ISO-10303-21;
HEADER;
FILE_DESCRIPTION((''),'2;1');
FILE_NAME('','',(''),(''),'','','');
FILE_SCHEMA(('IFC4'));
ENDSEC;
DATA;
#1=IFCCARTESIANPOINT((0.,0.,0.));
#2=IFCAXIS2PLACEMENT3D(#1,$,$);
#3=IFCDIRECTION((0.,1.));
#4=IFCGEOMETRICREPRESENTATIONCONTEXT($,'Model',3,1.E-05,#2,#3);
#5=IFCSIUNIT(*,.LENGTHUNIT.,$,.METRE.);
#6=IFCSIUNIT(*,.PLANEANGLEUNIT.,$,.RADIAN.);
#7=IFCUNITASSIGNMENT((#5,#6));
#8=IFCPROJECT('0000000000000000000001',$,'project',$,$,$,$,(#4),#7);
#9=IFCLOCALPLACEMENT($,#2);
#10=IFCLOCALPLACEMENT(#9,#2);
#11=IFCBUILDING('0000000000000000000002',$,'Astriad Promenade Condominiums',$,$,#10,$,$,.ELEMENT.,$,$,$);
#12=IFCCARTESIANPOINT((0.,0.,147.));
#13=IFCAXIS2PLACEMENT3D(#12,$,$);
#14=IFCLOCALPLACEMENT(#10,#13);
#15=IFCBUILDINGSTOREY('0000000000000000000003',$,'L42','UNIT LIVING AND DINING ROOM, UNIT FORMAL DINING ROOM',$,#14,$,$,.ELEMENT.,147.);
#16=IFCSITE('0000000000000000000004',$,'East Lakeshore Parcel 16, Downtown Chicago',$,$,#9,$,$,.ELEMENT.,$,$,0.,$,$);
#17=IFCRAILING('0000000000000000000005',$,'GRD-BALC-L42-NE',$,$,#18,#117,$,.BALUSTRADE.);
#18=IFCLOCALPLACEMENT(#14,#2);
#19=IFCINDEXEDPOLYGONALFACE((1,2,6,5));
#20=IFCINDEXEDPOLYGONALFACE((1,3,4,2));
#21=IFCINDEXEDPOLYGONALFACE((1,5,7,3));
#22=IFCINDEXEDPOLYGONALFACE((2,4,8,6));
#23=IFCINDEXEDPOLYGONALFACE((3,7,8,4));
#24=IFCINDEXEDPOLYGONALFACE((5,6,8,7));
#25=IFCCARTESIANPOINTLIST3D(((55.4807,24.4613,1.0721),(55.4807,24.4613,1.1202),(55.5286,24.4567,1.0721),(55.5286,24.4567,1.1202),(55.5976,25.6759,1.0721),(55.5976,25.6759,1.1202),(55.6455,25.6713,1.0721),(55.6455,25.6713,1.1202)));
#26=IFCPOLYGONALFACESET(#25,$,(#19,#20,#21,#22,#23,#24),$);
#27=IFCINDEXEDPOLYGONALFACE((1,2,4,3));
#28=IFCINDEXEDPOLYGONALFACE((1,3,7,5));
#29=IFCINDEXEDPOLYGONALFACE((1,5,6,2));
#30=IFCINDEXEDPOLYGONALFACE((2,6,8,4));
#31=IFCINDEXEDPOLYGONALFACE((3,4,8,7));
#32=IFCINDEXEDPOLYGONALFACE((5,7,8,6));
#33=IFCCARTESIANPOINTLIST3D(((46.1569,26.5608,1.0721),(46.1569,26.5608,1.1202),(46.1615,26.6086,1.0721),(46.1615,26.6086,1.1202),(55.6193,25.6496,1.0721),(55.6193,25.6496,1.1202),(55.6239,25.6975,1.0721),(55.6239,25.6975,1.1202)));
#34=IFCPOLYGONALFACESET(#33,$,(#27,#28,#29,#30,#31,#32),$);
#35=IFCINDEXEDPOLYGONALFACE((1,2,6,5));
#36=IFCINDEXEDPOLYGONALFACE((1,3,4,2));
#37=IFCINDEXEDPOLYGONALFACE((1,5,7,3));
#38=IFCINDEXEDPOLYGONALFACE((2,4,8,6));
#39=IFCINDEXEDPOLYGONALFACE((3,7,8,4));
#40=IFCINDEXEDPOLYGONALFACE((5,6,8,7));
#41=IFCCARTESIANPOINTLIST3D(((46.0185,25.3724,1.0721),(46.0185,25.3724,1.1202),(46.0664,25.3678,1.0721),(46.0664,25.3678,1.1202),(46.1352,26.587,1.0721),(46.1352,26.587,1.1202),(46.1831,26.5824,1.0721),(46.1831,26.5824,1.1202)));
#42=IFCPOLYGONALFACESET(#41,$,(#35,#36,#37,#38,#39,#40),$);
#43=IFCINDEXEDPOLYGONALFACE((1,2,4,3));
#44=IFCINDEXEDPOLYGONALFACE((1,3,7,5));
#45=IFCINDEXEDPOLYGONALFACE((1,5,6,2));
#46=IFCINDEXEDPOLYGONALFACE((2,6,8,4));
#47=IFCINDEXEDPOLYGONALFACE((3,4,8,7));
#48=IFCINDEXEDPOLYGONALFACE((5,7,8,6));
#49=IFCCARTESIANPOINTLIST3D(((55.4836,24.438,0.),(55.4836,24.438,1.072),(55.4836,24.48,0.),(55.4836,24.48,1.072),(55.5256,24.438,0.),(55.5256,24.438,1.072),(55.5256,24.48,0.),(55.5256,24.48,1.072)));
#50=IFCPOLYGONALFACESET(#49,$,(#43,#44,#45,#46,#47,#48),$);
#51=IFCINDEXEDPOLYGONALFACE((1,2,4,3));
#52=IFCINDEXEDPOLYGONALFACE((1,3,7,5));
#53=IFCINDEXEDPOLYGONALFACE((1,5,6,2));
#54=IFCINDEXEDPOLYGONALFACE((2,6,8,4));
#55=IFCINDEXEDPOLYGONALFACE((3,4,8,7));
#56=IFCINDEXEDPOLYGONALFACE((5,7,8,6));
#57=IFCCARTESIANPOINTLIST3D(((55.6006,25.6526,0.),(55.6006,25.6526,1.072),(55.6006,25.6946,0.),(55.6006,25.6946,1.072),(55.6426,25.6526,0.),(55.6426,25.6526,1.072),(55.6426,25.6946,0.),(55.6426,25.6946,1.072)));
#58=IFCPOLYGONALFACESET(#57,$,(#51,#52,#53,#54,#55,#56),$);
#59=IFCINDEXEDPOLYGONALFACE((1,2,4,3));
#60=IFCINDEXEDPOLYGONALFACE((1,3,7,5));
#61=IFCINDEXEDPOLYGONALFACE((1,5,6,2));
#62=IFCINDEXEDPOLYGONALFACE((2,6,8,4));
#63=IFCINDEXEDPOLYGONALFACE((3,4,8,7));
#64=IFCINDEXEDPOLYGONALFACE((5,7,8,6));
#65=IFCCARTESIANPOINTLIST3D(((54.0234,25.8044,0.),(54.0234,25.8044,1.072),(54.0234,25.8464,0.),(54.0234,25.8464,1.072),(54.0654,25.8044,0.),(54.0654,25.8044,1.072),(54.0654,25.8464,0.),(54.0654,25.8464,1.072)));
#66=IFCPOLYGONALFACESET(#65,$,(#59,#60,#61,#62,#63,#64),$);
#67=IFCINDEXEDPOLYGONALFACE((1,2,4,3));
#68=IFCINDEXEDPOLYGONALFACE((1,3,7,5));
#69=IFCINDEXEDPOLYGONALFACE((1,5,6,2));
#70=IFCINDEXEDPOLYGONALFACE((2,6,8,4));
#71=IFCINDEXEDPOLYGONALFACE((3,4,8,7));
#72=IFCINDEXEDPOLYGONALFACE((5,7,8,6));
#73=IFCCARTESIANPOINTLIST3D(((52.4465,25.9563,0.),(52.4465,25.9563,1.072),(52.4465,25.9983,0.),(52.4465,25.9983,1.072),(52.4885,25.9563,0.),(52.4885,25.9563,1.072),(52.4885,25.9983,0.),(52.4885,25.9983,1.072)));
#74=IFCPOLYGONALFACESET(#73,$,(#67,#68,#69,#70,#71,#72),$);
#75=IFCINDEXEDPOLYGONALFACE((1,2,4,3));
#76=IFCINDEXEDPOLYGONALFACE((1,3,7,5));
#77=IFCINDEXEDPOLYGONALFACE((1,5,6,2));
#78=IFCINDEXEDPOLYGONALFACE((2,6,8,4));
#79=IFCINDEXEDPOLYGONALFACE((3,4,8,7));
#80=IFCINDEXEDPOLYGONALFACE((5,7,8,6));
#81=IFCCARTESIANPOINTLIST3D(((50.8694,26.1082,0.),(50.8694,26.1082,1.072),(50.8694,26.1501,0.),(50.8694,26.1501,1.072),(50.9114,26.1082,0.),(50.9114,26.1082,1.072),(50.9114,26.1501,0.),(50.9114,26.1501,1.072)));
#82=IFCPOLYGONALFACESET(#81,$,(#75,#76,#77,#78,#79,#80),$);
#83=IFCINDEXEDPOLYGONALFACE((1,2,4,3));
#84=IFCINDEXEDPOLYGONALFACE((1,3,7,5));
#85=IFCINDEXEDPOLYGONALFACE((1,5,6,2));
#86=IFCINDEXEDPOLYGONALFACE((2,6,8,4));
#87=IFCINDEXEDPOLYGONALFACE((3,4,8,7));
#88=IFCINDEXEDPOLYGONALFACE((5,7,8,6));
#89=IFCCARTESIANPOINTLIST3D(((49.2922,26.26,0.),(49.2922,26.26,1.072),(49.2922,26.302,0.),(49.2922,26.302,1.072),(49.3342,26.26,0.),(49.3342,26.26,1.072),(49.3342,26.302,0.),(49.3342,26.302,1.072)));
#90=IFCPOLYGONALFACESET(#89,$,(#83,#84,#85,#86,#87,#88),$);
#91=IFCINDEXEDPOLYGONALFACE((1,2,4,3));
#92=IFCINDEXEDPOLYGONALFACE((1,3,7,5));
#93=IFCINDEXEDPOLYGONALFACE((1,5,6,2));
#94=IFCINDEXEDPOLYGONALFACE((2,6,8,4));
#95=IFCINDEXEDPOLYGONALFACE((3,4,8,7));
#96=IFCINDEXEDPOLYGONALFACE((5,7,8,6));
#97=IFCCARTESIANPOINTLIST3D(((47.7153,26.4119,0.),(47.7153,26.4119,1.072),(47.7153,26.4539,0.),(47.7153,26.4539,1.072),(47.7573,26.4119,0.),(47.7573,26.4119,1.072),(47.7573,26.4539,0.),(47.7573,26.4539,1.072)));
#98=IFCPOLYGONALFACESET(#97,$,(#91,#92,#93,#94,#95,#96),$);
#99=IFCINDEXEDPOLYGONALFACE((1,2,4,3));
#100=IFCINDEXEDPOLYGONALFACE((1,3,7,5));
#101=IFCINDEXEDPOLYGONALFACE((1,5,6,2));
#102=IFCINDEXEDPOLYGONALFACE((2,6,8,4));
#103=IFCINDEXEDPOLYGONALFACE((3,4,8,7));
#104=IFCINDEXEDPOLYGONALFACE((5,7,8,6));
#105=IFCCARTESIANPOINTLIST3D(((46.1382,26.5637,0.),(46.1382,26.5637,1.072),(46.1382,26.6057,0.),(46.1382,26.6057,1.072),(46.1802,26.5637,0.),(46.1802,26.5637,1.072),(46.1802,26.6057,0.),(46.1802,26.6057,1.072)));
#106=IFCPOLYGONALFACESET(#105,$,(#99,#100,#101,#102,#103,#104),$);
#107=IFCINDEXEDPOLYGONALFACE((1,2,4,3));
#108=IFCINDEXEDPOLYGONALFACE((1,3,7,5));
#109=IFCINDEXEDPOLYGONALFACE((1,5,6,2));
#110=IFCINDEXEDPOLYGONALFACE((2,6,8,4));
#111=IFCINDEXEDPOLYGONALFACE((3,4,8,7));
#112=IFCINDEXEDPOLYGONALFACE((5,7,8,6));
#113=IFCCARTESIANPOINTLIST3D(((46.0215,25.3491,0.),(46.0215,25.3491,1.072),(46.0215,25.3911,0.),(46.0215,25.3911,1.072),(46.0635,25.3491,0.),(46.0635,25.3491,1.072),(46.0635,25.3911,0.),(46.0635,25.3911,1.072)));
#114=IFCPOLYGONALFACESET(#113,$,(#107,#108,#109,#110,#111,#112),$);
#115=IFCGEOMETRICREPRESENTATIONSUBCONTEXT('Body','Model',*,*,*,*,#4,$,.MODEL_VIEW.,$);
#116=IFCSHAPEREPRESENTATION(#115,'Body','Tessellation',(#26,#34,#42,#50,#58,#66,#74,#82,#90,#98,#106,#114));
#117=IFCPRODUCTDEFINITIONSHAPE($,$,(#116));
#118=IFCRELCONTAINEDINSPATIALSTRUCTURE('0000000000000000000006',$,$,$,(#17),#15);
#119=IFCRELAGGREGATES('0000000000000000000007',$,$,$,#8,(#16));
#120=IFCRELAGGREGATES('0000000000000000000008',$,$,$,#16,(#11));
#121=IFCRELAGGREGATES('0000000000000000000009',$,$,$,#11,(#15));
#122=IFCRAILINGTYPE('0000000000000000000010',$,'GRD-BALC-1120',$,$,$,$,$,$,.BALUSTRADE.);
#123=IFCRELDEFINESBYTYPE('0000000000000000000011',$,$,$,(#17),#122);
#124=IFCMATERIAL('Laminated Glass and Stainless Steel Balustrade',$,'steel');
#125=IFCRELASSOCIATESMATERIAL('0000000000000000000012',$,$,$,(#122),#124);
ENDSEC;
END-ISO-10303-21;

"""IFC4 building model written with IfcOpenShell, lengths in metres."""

from ifc_helpers import new_model, si_unit, direction, frame, origin, origin_2d, place, context, subcontext, project, spatial, rectangle, extrude, source, transform, mapped, material, type_object, type_shapes, element, save


model = new_model("IFC4")

# Units and contexts
model_context = context("Model", 3, precision=1e-05, world=origin(), true_north=direction((0.0, 1.0)))
body_context = subcontext(model_context, "Body", "Model", "MODEL_VIEW")
ifc_project = project(units=[si_unit("LENGTHUNIT", "METRE"), si_unit("PLANEANGLEUNIT", "RADIAN")], contexts=[model_context])

# Site, building, storey
site_placement = place(None, origin())
site = spatial("IfcSite", under=ifc_project, at=site_placement, Name="East Lakeshore Parcel 16, Downtown Chicago", CompositionType="ELEMENT", RefElevation=0.0)
building_placement = place(site_placement, origin())
building = spatial("IfcBuilding", under=site, at=building_placement, Name="Astriad Promenade Condominiums", CompositionType="ELEMENT")
storey_placement = place(building_placement, frame((0.0, 0.0, 147.0)))
storey = spatial("IfcBuildingStorey", under=building, at=storey_placement, Name="L42", Description="UNIT LIVING AND DINING ROOM, UNIT FORMAL DINING ROOM", CompositionType="ELEMENT", Elevation=147.0)

# Railing
ifc_material_1 = material(Name="Laminated Glass and Stainless Steel Balustrade", Category="steel")
railing_type = type_object("IfcRailingType", Name="GRD-BALC-1120", PredefinedType="BALUSTRADE", material=ifc_material_1)
shared_shape_1 = source(origin(), body_context, "Body", "SweptSolid", [
    extrude(rectangle(XDim=0.0481, YDim=0.0481, at=origin_2d()), frame((0.0, 0.0, 1.0962), z_axis=(0.095838, 0.995397, 0.0), x_axis=(-0.995397, 0.095838, 0.0)), (0.0, 0.0, 1.0), 1.2202),
    extrude(rectangle(XDim=0.0481, YDim=0.0481, at=origin_2d()), frame((0.1169, 1.2146, 1.0962), z_axis=(-0.995396, 0.095846, 0.0), x_axis=(-0.095846, -0.995396, 0.0)), (0.0, 0.0, 1.0), 9.5061),
    extrude(rectangle(XDim=0.0481, YDim=0.0481, at=origin_2d()), frame((-9.3455, 2.1257, 1.0962), z_axis=(-0.09564, -0.995416, 0.0), x_axis=(0.995416, -0.09564, 0.0)), (0.0, 0.0, 1.0), 1.2202),
    extrude(rectangle(XDim=0.042, YDim=0.042, at=origin_2d()), origin(), (0.0, 0.0, 1.0), 1.072),
    extrude(rectangle(XDim=0.042, YDim=0.042, at=origin_2d()), frame((0.1169, 1.2146, 0.0)), (0.0, 0.0, 1.0), 1.072),
    extrude(rectangle(XDim=0.042, YDim=0.042, at=origin_2d()), frame((-1.4602, 1.3665, 0.0)), (0.0, 0.0, 1.0), 1.072),
    extrude(rectangle(XDim=0.042, YDim=0.042, at=origin_2d()), frame((-3.0371, 1.5183, 0.0)), (0.0, 0.0, 1.0), 1.072),
    extrude(rectangle(XDim=0.042, YDim=0.042, at=origin_2d()), frame((-4.6143, 1.6702, 0.0)), (0.0, 0.0, 1.0), 1.072),
    extrude(rectangle(XDim=0.042, YDim=0.042, at=origin_2d()), frame((-6.1914, 1.822, 0.0)), (0.0, 0.0, 1.0), 1.072),
    extrude(rectangle(XDim=0.042, YDim=0.042, at=origin_2d()), frame((-7.7683, 1.9739, 0.0)), (0.0, 0.0, 1.0), 1.072),
    extrude(rectangle(XDim=0.042, YDim=0.042, at=origin_2d()), frame((-9.3455, 2.1257, 0.0)), (0.0, 0.0, 1.0), 1.072),
    extrude(rectangle(XDim=0.042, YDim=0.042, at=origin_2d()), frame((-9.4622, 0.9111, 0.0)), (0.0, 0.0, 1.0), 1.072),
])
type_shapes(railing_type, [shared_shape_1])
railing_placement = place(storey_placement, frame((55.5046, 24.459, 0.0)))
element("IfcRailing", 1, at=railing_placement, inside=storey, type_object=railing_type, Name="GRD-BALC-L42-NE", PredefinedType="BALUSTRADE", context=body_context, shape_type="MappedRepresentation", body=[
    mapped(shared_shape_1, transform((0.0, 0.0, 0.0), scale=1.0)),
])

save(model, "model.ifc")
